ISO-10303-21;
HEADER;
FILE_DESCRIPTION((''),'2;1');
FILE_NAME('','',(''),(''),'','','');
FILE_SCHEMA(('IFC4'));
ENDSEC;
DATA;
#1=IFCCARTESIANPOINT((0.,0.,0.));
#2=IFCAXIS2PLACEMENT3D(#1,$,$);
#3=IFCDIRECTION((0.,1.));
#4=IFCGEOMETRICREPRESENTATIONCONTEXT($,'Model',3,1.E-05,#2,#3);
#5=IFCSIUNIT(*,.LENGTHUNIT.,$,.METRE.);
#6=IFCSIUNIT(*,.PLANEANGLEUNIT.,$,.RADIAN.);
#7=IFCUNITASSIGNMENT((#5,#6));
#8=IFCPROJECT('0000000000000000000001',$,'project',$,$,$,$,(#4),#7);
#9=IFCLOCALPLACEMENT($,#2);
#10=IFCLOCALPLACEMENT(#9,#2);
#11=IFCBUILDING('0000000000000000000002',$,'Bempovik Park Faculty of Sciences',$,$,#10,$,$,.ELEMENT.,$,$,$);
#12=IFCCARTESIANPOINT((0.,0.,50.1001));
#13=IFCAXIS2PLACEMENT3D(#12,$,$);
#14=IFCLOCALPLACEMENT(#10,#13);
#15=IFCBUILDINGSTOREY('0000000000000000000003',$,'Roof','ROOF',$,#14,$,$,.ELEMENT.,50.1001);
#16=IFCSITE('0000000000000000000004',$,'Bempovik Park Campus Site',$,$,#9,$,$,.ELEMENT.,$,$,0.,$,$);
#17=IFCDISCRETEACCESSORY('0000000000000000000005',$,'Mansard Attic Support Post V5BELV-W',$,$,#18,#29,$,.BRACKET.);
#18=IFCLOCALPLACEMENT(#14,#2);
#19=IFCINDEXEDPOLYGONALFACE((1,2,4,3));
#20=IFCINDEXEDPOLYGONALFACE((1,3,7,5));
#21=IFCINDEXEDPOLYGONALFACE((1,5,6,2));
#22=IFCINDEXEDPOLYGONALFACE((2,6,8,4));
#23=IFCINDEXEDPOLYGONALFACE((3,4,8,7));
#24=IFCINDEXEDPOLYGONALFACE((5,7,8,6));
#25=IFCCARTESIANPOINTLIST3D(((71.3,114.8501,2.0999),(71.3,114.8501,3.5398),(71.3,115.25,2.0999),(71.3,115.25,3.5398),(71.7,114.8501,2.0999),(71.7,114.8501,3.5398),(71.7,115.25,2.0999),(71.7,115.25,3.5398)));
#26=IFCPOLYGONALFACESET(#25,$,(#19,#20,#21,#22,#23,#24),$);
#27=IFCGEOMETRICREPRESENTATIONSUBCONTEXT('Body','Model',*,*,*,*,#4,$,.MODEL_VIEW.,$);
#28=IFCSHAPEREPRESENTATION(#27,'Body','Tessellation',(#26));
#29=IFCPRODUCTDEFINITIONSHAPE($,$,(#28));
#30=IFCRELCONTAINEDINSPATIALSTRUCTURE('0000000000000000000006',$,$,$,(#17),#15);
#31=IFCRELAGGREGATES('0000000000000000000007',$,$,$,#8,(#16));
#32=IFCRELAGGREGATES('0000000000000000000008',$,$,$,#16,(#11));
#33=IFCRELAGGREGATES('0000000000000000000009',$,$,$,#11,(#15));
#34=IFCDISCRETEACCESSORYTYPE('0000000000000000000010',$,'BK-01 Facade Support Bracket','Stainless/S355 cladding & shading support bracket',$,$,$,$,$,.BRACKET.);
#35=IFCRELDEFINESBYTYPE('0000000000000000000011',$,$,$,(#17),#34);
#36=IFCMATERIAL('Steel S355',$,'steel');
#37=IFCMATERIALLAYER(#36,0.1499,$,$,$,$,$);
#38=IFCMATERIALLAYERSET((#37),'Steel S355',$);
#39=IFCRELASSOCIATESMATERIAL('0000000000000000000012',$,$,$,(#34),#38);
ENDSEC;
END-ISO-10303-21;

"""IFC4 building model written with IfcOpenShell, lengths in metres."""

from ifc_helpers import new_model, si_unit, direction, frame, origin, origin_2d, place, context, subcontext, project, spatial, rectangle, extrude, material, layer, layer_set, type_object, element, save


model = new_model("IFC4")

# Units and contexts
model_context = context("Model", 3, precision=1e-05, world=origin(), true_north=direction((0.0, 1.0)))
body_context = subcontext(model_context, "Body", "Model", "MODEL_VIEW")
ifc_project = project(units=[si_unit("LENGTHUNIT", "METRE"), si_unit("PLANEANGLEUNIT", "RADIAN")], contexts=[model_context])

# Site, building, storey
site_placement = place(None, origin())
site = spatial("IfcSite", under=ifc_project, at=site_placement, Name="Bempovik Park Campus Site", CompositionType="ELEMENT", RefElevation=0.0)
building_placement = place(site_placement, origin())
building = spatial("IfcBuilding", under=site, at=building_placement, Name="Bempovik Park Faculty of Sciences", CompositionType="ELEMENT")
storey_placement = place(building_placement, frame((0.0, 0.0, 50.1001)))
storey = spatial("IfcBuildingStorey", under=building, at=storey_placement, Name="Roof", Description="ROOF", CompositionType="ELEMENT", Elevation=50.1001)

# Shared definitions
ifc_material_1 = material(Name="Steel S355", Category="steel")

# Discrete accessory
ifc_layer_1 = layer(ifc_material_1, 0.1499)
ifc_layer_set_1 = layer_set([ifc_layer_1], Name="Steel S355")
discrete_accessory_type = type_object("IfcDiscreteAccessoryType", Name="BK-01 Facade Support Bracket", Description="Stainless/S355 cladding & shading support bracket", PredefinedType="BRACKET", material=ifc_layer_set_1)
discrete_accessory_placement = place(storey_placement, frame((71.5, 115.05, 2.0999), z_axis=(0.0, 0.0, 1.0), x_axis=(1.0, 0.0, 0.0)))
element("IfcDiscreteAccessory", 1, at=discrete_accessory_placement, inside=storey, type_object=discrete_accessory_type, Name="Mansard Attic Support Post V5BELV-W", PredefinedType="BRACKET", context=body_context, shape_type="SweptSolid", body=[
    extrude(rectangle(XDim=0.3999, YDim=0.3999, at=origin_2d()), origin(), (0.0, 0.0, 1.0), 1.4399),
])

save(model, "model.ifc")
